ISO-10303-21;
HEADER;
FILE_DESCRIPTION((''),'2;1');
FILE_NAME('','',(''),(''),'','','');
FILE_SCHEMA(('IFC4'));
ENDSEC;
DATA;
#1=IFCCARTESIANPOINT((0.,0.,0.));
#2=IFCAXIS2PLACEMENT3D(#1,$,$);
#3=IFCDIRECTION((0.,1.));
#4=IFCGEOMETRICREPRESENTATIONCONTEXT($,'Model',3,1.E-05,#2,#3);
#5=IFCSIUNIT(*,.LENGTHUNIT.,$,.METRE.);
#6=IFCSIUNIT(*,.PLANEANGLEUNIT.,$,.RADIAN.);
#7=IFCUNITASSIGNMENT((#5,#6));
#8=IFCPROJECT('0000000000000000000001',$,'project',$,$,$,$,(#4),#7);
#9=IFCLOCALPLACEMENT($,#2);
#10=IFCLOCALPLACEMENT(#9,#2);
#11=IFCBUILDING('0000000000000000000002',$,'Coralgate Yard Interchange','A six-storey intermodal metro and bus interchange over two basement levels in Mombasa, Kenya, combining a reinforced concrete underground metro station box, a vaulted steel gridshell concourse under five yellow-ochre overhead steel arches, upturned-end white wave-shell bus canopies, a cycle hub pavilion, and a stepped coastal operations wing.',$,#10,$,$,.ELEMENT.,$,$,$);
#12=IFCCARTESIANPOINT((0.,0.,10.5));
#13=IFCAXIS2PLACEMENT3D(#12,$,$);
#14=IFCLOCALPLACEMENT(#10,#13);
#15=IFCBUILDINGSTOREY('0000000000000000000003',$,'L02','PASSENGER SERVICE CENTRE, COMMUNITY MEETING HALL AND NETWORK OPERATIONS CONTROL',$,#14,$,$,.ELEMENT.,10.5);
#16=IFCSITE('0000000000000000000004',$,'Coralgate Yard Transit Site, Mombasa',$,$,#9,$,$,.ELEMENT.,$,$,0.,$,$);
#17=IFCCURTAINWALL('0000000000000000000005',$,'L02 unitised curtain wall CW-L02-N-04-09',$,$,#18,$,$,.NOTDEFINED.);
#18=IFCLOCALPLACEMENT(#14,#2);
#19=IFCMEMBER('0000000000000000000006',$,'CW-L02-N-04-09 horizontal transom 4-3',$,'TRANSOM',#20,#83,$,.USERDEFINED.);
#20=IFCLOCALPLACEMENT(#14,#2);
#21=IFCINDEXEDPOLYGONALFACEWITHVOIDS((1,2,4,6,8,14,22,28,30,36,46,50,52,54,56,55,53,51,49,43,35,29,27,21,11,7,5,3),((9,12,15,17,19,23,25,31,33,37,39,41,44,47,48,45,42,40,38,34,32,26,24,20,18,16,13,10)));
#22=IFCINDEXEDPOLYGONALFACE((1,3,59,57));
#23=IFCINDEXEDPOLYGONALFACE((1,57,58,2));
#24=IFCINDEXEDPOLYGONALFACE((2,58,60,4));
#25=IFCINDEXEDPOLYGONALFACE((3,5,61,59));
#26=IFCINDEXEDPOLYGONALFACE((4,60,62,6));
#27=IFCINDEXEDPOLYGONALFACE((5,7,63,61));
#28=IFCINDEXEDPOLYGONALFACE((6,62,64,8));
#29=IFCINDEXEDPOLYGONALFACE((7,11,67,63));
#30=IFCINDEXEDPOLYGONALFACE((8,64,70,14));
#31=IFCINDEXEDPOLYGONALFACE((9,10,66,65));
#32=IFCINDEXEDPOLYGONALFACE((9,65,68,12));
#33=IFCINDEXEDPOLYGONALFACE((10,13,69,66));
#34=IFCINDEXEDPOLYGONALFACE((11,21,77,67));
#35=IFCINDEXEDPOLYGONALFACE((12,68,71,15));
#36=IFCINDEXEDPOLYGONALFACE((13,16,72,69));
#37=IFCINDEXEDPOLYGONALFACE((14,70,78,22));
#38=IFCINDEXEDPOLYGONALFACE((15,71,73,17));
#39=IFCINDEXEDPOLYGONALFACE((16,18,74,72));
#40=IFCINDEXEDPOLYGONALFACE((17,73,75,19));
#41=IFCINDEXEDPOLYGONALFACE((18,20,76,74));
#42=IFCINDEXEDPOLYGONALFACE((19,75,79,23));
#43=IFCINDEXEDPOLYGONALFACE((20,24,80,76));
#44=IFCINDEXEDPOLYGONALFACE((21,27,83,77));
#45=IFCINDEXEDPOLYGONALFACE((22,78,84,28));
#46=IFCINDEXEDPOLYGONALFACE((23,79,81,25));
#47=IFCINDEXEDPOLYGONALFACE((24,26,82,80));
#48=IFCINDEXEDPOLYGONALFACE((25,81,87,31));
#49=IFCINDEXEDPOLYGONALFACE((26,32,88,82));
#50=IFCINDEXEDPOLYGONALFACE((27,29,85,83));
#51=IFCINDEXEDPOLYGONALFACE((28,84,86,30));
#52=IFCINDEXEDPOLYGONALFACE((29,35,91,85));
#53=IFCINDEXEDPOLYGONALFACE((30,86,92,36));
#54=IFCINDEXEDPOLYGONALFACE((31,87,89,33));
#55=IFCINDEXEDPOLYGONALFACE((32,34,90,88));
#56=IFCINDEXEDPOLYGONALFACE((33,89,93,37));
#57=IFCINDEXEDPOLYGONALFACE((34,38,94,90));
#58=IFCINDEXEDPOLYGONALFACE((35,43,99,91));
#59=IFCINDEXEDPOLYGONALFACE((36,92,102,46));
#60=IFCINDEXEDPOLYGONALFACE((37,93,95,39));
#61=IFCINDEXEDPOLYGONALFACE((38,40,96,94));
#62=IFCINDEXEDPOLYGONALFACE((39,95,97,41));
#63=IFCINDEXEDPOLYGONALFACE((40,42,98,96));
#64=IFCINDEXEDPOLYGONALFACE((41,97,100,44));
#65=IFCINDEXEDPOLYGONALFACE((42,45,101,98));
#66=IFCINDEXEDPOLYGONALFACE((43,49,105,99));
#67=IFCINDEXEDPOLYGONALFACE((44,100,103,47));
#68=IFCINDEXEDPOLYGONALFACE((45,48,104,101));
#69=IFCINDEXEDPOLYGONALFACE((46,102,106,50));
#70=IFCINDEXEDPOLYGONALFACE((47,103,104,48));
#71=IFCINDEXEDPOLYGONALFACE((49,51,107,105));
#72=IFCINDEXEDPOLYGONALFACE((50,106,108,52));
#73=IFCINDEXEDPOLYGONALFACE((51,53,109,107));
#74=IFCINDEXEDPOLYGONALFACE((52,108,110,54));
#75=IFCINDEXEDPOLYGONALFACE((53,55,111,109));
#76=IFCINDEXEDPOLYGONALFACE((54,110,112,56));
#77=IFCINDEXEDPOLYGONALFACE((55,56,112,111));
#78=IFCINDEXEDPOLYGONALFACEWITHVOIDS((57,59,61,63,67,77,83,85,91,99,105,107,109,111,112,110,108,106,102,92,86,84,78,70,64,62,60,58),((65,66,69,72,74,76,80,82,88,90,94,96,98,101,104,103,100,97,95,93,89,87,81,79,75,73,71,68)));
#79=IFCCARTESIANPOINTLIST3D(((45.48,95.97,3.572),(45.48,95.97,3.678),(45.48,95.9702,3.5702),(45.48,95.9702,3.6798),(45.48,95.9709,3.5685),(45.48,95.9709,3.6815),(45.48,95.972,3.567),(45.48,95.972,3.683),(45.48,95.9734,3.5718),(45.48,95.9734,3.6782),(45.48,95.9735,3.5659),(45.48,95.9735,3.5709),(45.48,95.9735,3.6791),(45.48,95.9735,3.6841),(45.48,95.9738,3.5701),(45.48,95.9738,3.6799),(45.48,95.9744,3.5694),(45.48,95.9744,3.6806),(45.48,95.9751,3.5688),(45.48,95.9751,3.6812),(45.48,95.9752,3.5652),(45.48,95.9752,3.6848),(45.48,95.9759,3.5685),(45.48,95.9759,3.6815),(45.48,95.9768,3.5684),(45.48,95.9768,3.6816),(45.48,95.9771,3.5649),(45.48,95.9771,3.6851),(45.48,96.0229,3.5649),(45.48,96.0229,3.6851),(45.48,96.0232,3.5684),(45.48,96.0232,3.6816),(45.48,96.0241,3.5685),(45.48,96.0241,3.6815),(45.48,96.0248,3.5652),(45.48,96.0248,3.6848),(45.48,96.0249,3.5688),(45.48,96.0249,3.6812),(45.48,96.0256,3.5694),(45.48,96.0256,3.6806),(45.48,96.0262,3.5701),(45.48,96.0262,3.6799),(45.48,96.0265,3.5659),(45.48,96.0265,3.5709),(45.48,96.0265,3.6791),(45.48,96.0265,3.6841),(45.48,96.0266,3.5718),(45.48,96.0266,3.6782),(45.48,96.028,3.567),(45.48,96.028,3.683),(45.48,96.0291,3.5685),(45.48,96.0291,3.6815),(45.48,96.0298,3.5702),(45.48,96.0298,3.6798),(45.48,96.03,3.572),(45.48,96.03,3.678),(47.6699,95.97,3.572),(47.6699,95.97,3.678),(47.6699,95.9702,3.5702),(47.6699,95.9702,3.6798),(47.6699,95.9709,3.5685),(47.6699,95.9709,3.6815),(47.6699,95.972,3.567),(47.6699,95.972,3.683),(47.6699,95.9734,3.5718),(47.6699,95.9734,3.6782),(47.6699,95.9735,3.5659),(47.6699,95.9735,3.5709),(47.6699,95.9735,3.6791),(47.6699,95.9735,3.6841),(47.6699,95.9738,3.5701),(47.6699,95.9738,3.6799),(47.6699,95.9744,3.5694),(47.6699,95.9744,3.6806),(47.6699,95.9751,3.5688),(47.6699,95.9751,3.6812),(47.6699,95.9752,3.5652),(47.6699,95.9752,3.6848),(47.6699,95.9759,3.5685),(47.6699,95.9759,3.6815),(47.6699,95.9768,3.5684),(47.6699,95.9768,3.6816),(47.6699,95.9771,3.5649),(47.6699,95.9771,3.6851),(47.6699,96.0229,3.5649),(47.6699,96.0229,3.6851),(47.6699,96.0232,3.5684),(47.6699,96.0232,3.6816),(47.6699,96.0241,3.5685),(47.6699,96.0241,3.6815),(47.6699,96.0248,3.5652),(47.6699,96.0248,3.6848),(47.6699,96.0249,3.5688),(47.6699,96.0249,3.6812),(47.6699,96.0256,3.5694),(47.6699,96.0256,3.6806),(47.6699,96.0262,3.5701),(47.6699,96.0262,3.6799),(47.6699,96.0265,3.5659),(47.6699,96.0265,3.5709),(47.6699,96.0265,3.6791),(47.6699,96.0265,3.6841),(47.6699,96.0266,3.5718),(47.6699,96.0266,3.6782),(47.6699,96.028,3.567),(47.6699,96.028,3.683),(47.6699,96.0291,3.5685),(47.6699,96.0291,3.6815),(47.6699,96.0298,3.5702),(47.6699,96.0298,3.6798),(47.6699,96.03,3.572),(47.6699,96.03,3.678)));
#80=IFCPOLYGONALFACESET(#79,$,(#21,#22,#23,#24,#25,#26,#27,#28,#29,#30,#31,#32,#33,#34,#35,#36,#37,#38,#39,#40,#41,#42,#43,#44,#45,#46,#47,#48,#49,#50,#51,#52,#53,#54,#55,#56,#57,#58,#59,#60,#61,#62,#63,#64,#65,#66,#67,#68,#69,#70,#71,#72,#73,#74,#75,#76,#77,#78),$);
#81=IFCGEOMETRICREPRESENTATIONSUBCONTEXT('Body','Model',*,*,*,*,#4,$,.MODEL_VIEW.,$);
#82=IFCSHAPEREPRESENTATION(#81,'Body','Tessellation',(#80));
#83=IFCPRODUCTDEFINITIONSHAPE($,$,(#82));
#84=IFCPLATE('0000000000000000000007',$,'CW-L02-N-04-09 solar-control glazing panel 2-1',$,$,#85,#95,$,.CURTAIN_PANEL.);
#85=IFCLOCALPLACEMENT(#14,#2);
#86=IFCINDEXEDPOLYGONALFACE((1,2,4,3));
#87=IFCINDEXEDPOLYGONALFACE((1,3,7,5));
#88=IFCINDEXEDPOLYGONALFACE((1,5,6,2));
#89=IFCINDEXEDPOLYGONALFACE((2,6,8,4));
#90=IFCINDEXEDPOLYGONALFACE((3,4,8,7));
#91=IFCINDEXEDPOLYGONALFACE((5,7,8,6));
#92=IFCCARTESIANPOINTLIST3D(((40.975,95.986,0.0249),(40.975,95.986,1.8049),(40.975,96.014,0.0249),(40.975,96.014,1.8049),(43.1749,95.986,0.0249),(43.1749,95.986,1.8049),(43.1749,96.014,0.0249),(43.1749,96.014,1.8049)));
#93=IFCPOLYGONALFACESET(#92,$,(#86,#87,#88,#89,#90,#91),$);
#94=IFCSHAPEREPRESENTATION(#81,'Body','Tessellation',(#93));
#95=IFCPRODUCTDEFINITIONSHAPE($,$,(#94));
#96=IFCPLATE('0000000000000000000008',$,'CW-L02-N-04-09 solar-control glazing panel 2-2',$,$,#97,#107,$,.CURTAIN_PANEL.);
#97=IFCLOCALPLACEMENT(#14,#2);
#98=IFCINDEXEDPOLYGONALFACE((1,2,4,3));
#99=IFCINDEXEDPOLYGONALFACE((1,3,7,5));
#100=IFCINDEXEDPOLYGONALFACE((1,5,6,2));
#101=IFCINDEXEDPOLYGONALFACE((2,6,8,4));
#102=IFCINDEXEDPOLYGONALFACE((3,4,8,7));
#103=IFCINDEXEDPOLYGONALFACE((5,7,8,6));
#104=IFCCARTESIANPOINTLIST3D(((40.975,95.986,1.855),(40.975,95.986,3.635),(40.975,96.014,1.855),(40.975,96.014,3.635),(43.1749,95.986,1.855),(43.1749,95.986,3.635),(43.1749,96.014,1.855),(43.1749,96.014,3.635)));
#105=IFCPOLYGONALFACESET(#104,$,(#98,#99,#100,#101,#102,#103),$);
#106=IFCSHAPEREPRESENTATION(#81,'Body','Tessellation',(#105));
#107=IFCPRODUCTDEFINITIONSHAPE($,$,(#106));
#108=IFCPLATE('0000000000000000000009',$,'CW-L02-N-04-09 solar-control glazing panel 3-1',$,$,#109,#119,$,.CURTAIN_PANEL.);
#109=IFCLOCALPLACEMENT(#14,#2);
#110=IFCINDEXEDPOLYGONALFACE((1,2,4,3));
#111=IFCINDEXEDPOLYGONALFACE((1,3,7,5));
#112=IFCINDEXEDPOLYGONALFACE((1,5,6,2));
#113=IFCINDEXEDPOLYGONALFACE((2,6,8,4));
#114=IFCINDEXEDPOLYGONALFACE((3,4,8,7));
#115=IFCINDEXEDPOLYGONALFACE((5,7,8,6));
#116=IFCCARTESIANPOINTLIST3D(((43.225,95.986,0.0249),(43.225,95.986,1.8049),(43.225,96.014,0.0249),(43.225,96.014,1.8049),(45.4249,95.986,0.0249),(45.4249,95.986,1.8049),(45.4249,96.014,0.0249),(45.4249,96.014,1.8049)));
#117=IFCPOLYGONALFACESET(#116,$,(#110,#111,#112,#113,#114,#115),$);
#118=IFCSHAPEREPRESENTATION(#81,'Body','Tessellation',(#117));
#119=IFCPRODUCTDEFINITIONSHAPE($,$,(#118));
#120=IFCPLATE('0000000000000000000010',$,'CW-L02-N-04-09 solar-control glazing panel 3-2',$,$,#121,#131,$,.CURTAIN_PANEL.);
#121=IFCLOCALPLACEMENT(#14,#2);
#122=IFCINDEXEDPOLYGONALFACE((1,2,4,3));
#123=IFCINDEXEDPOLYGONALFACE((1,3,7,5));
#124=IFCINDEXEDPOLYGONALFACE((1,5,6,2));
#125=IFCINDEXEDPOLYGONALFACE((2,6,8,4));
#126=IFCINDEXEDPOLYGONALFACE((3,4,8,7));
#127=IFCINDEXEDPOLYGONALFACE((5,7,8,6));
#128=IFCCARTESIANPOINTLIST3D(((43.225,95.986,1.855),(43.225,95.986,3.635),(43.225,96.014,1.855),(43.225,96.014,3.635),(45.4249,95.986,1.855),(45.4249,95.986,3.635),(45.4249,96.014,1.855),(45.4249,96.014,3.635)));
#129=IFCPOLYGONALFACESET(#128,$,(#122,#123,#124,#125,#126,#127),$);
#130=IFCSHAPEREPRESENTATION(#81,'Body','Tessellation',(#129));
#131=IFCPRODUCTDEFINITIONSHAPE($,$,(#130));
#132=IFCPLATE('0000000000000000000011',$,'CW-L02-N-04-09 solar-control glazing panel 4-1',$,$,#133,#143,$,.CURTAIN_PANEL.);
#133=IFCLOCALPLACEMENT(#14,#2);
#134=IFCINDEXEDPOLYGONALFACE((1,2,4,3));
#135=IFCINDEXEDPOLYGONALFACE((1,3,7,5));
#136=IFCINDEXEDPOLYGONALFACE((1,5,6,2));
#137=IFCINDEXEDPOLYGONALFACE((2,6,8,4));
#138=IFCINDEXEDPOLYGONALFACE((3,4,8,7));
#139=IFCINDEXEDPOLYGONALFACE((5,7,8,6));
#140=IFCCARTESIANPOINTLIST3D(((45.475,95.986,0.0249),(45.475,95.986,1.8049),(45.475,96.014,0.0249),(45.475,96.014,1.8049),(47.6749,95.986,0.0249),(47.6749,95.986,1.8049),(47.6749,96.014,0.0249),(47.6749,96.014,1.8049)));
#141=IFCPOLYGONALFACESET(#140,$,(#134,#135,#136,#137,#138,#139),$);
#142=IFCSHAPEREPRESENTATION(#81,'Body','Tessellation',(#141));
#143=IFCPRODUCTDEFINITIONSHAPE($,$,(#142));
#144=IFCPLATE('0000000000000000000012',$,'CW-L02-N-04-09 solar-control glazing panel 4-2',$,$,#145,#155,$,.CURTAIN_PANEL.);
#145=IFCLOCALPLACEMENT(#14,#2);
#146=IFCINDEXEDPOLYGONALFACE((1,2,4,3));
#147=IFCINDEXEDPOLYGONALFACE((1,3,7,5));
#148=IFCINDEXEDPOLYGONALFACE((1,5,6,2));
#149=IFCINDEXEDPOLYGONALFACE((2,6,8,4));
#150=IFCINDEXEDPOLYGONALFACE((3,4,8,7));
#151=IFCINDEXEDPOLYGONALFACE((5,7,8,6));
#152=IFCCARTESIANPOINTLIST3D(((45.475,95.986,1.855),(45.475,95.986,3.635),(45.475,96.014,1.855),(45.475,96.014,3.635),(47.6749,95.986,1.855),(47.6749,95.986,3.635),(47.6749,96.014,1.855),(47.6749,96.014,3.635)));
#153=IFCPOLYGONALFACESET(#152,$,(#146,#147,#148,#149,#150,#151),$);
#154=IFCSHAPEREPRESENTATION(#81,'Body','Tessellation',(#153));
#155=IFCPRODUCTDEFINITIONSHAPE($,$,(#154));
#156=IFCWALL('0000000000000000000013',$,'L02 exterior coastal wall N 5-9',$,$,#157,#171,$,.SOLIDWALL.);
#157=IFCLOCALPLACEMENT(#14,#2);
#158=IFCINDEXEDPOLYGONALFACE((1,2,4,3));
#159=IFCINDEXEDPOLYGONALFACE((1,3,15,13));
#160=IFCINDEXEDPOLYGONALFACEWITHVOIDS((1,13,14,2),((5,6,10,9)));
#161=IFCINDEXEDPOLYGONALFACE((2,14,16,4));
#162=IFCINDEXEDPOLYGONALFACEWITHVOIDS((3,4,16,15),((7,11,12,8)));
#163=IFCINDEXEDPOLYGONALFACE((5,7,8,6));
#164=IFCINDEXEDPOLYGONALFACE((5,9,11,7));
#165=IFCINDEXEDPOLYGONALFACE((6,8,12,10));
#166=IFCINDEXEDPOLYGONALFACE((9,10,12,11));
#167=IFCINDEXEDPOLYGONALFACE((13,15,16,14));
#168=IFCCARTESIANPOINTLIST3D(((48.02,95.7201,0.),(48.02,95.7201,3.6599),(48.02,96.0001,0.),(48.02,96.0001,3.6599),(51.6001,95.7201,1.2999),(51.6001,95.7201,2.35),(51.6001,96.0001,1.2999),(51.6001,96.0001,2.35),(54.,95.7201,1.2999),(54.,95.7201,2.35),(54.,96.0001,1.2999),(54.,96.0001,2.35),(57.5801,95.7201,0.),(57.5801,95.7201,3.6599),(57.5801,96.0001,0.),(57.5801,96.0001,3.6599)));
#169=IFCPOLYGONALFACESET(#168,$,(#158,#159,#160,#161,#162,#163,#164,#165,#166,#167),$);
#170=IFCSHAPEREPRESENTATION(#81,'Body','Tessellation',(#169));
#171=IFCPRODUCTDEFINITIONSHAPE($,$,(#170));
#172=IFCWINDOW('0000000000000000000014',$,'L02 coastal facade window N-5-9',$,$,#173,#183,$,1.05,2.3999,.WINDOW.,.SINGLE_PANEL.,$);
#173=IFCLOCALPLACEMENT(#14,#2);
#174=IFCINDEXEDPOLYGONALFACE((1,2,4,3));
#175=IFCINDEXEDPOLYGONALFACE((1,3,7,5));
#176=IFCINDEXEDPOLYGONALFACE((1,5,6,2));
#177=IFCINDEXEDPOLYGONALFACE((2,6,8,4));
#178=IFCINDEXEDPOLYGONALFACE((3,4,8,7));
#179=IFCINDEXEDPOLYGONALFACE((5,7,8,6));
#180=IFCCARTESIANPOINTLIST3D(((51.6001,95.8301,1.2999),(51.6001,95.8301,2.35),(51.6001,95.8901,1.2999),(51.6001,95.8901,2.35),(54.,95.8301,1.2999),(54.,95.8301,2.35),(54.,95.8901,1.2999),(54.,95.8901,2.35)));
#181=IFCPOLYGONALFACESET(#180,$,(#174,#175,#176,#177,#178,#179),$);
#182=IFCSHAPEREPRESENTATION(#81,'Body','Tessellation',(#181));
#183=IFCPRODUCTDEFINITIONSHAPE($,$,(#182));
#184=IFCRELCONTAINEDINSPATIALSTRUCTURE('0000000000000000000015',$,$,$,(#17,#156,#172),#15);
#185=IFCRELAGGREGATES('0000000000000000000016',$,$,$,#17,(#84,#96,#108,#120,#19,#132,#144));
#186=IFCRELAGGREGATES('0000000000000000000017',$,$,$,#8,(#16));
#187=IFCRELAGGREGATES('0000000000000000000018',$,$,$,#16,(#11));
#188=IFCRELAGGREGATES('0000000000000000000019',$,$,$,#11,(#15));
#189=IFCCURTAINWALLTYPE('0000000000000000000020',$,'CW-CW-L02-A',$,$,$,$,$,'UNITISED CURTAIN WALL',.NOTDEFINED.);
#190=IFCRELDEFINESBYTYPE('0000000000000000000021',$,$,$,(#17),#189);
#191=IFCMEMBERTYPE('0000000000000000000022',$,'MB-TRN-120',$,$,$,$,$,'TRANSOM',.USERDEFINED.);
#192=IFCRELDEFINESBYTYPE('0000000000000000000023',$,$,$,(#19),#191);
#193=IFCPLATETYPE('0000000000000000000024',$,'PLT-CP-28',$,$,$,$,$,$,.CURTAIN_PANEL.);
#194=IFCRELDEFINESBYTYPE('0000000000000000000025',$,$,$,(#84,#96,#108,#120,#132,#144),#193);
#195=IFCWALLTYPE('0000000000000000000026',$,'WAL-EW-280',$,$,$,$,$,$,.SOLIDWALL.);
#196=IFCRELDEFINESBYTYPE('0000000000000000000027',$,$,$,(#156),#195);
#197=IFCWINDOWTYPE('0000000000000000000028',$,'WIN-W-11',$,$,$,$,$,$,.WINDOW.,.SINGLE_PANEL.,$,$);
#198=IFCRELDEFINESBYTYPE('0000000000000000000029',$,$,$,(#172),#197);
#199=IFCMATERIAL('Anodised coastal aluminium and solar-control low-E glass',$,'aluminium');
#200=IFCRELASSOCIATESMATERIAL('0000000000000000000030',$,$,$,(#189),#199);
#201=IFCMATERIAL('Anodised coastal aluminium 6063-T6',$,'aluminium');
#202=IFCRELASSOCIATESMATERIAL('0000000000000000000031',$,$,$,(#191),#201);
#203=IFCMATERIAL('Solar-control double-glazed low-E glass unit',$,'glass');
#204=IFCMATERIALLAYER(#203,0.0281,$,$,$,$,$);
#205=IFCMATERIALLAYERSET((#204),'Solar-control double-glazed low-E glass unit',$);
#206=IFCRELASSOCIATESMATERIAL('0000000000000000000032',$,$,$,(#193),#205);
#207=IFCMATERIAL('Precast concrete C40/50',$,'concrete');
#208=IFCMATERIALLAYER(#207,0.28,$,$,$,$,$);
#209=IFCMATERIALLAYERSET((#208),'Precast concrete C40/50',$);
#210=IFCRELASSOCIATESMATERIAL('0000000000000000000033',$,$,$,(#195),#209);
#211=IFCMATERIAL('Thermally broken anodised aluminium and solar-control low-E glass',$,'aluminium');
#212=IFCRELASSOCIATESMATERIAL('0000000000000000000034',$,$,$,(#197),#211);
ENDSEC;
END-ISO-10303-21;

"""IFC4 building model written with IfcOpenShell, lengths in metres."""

from ifc_helpers import new_model, si_unit, direction, frame, frame_2d, origin, origin_2d, place, context, subcontext, project, spatial, rectangle, hollow_rectangle, extrude, material, layer, layer_set, material_profile, profile_set, type_object, element, fill, aggregate, save


model = new_model("IFC4")

# Units and contexts
model_context = context("Model", 3, precision=1e-05, world=origin(), true_north=direction((0.0, 1.0)))
body_context = subcontext(model_context, "Body", "Model", "MODEL_VIEW")
ifc_project = project(units=[si_unit("LENGTHUNIT", "METRE"), si_unit("PLANEANGLEUNIT", "RADIAN")], contexts=[model_context])

# Site, building, storey
site_placement = place(None, origin())
site = spatial("IfcSite", under=ifc_project, at=site_placement, Name="Coralgate Yard Transit Site, Mombasa", CompositionType="ELEMENT", RefElevation=0.0)
building_placement = place(site_placement, origin())
building = spatial("IfcBuilding", under=site, at=building_placement, Name="Coralgate Yard Interchange", Description="A six-storey intermodal metro and bus interchange over two basement levels in Mombasa, Kenya, combining a reinforced concrete underground metro station box, a vaulted steel gridshell concourse under five yellow-ochre overhead steel arches, upturned-end white wave-shell bus canopies, a cycle hub pavilion, and a stepped coastal operations wing.", CompositionType="ELEMENT")
storey_placement = place(building_placement, frame((0.0, 0.0, 10.5)))
storey = spatial("IfcBuildingStorey", under=building, at=storey_placement, Name="L02", Description="PASSENGER SERVICE CENTRE, COMMUNITY MEETING HALL AND NETWORK OPERATIONS CONTROL", CompositionType="ELEMENT", Elevation=10.5)

# Curtain wall, member, plates
ifc_material_1 = material(Name="Anodised coastal aluminium and solar-control low-E glass", Category="aluminium")
curtain_wall_type = type_object("IfcCurtainWallType", Name="CW-CW-L02-A", ElementType="UNITISED CURTAIN WALL", PredefinedType="NOTDEFINED", material=ifc_material_1)
curtain_wall_placement = place(storey_placement, origin())
curtain_wall = element("IfcCurtainWall", 1, at=curtain_wall_placement, inside=storey, type_object=curtain_wall_type, Name="L02 unitised curtain wall CW-L02-N-04-09", PredefinedType="NOTDEFINED")
ifc_material_2 = material(Name="Anodised coastal aluminium 6063-T6", Category="aluminium")
ifc_material_profile_1 = material_profile(ifc_material_2, hollow_rectangle(XDim=0.0601, YDim=0.1201, WallThickness=0.0034, InnerFilletRadius=0.0034, OuterFilletRadius=0.0071, at=origin_2d()), Name="ALU 60x120x3.5")
ifc_profile_set_1 = profile_set([ifc_material_profile_1], Name="Anodised coastal aluminium 6063-T6")
member_type_1 = type_object("IfcMemberType", Name="MB-TRN-120", ElementType="TRANSOM", PredefinedType="USERDEFINED", material=ifc_profile_set_1)
member_1_placement = place(storey_placement, frame((45.48, 96.0, 3.625), z_axis=(1.0, 0.0, 0.0), x_axis=(0.0, 1.0, 0.0)))
member_1 = element("IfcMember", 2, at=member_1_placement, type_object=member_type_1, Name="CW-L02-N-04-09 horizontal transom 4-3", ObjectType="TRANSOM", PredefinedType="USERDEFINED", context=body_context, shape_type="SweptSolid", body=[
    extrude(hollow_rectangle(XDim=0.0601, YDim=0.1201, WallThickness=0.0034, InnerFilletRadius=0.0034, OuterFilletRadius=0.0071, at=origin_2d()), origin(), (0.0, 0.0, 1.0), 2.1899),
])
ifc_material_3 = material(Name="Solar-control double-glazed low-E glass unit", Category="glass")
ifc_layer_1 = layer(ifc_material_3, 0.0281)
ifc_layer_set_1 = layer_set([ifc_layer_1], Name="Solar-control double-glazed low-E glass unit")
plate_type = type_object("IfcPlateType", Name="PLT-CP-28", PredefinedType="CURTAIN_PANEL", material=ifc_layer_set_1)
plate_1_placement = place(storey_placement, frame((42.075, 96.0, 0.0249), z_axis=(0.0, 0.0, 1.0), x_axis=(1.0, 0.0, 0.0)))
plate_1 = element("IfcPlate", 3, at=plate_1_placement, type_object=plate_type, Name="CW-L02-N-04-09 solar-control glazing panel 2-1", PredefinedType="CURTAIN_PANEL", context=body_context, shape_type="SweptSolid", body=[
    extrude(rectangle(XDim=2.2, YDim=0.0281, at=origin_2d()), origin(), (0.0, 0.0, 1.0), 1.78),
])
plate_2_placement = place(storey_placement, frame((42.075, 96.0, 1.855), z_axis=(0.0, 0.0, 1.0), x_axis=(1.0, 0.0, 0.0)))
plate_2 = element("IfcPlate", 4, at=plate_2_placement, type_object=plate_type, Name="CW-L02-N-04-09 solar-control glazing panel 2-2", PredefinedType="CURTAIN_PANEL", context=body_context, shape_type="SweptSolid", body=[
    extrude(rectangle(XDim=2.2, YDim=0.0281, at=origin_2d()), origin(), (0.0, 0.0, 1.0), 1.78),
])
plate_3_placement = place(storey_placement, frame((44.325, 96.0, 0.0249), z_axis=(0.0, 0.0, 1.0), x_axis=(1.0, 0.0, 0.0)))
plate_3 = element("IfcPlate", 5, at=plate_3_placement, type_object=plate_type, Name="CW-L02-N-04-09 solar-control glazing panel 3-1", PredefinedType="CURTAIN_PANEL", context=body_context, shape_type="SweptSolid", body=[
    extrude(rectangle(XDim=2.2, YDim=0.0281, at=origin_2d()), origin(), (0.0, 0.0, 1.0), 1.78),
])
plate_4_placement = place(storey_placement, frame((44.325, 96.0, 1.855), z_axis=(0.0, 0.0, 1.0), x_axis=(1.0, 0.0, 0.0)))
plate_4 = element("IfcPlate", 6, at=plate_4_placement, type_object=plate_type, Name="CW-L02-N-04-09 solar-control glazing panel 3-2", PredefinedType="CURTAIN_PANEL", context=body_context, shape_type="SweptSolid", body=[
    extrude(rectangle(XDim=2.2, YDim=0.0281, at=origin_2d()), origin(), (0.0, 0.0, 1.0), 1.78),
])
plate_5_placement = place(storey_placement, frame((46.575, 96.0, 0.0249), z_axis=(0.0, 0.0, 1.0), x_axis=(1.0, 0.0, 0.0)))
plate_5 = element("IfcPlate", 7, at=plate_5_placement, type_object=plate_type, Name="CW-L02-N-04-09 solar-control glazing panel 4-1", PredefinedType="CURTAIN_PANEL", context=body_context, shape_type="SweptSolid", body=[
    extrude(rectangle(XDim=2.2, YDim=0.0281, at=origin_2d()), origin(), (0.0, 0.0, 1.0), 1.78),
])
plate_6_placement = place(storey_placement, frame((46.575, 96.0, 1.855), z_axis=(0.0, 0.0, 1.0), x_axis=(1.0, 0.0, 0.0)))
plate_6 = element("IfcPlate", 8, at=plate_6_placement, type_object=plate_type, Name="CW-L02-N-04-09 solar-control glazing panel 4-2", PredefinedType="CURTAIN_PANEL", context=body_context, shape_type="SweptSolid", body=[
    extrude(rectangle(XDim=2.2, YDim=0.0281, at=origin_2d()), origin(), (0.0, 0.0, 1.0), 1.78),
])
aggregate(curtain_wall, [plate_1, plate_2, plate_3, plate_4, member_1, plate_5, plate_6])

# Wall, opening, window
ifc_material_4 = material(Name="Precast concrete C40/50", Category="concrete")
ifc_layer_2 = layer(ifc_material_4, 0.28)
ifc_layer_set_2 = layer_set([ifc_layer_2], Name="Precast concrete C40/50")
wall_type_1 = type_object("IfcWallType", Name="WAL-EW-280", PredefinedType="SOLIDWALL", material=ifc_layer_set_2)
wall_1_placement = place(storey_placement, frame((48.02, 95.8601, 0.0), z_axis=(0.0, 0.0, 1.0), x_axis=(1.0, 0.0, 0.0)))
wall_1 = element("IfcWall", 9, at=wall_1_placement, inside=storey, type_object=wall_type_1, Name="L02 exterior coastal wall N 5-9", PredefinedType="SOLIDWALL", context=body_context, shape_type="SweptSolid", body=[
    extrude(rectangle(XDim=9.5601, YDim=0.28, at=frame_2d((4.78, 0.0))), origin(), (0.0, 0.0, 1.0), 3.6599),
])
opening_1_placement = place(wall_1_placement, frame((3.5801, 0.0, 1.3)))
opening_1 = element("IfcOpeningElement", 10, at=opening_1_placement, cuts=wall_1, PredefinedType="OPENING", context=body_context, shape_type="SweptSolid", body=[
    extrude(rectangle(XDim=2.3999, YDim=1.05, at=frame_2d((1.2, 0.5249))), frame((0.0, 0.1499, 0.0), z_axis=(0.0, -1.0, 0.0), x_axis=(1.0, 0.0, 0.0)), (0.0, 0.0, 1.0), 0.3),
])
ifc_material_5 = material(Name="Thermally broken anodised aluminium and solar-control low-E glass", Category="aluminium")
window_type = type_object("IfcWindowType", Name="WIN-W-11", PartitioningType="SINGLE_PANEL", PredefinedType="WINDOW", material=ifc_material_5)
window_placement = place(opening_1_placement, origin())
window = element("IfcWindow", 11, at=window_placement, inside=storey, type_object=window_type, Name="L02 coastal facade window N-5-9", OverallHeight=1.05, OverallWidth=2.3999, PartitioningType="SINGLE_PANEL", PredefinedType="WINDOW", context=body_context, shape_type="SweptSolid", body=[
    extrude(rectangle(XDim=2.3999, YDim=1.05, at=frame_2d((1.2, 0.5249))), frame((0.0, 0.03, 0.0), z_axis=(0.0, -1.0, 0.0), x_axis=(1.0, 0.0, 0.0)), (0.0, 0.0, 1.0), 0.0601),
])
fill(opening_1, window)

save(model, "model.ifc")
